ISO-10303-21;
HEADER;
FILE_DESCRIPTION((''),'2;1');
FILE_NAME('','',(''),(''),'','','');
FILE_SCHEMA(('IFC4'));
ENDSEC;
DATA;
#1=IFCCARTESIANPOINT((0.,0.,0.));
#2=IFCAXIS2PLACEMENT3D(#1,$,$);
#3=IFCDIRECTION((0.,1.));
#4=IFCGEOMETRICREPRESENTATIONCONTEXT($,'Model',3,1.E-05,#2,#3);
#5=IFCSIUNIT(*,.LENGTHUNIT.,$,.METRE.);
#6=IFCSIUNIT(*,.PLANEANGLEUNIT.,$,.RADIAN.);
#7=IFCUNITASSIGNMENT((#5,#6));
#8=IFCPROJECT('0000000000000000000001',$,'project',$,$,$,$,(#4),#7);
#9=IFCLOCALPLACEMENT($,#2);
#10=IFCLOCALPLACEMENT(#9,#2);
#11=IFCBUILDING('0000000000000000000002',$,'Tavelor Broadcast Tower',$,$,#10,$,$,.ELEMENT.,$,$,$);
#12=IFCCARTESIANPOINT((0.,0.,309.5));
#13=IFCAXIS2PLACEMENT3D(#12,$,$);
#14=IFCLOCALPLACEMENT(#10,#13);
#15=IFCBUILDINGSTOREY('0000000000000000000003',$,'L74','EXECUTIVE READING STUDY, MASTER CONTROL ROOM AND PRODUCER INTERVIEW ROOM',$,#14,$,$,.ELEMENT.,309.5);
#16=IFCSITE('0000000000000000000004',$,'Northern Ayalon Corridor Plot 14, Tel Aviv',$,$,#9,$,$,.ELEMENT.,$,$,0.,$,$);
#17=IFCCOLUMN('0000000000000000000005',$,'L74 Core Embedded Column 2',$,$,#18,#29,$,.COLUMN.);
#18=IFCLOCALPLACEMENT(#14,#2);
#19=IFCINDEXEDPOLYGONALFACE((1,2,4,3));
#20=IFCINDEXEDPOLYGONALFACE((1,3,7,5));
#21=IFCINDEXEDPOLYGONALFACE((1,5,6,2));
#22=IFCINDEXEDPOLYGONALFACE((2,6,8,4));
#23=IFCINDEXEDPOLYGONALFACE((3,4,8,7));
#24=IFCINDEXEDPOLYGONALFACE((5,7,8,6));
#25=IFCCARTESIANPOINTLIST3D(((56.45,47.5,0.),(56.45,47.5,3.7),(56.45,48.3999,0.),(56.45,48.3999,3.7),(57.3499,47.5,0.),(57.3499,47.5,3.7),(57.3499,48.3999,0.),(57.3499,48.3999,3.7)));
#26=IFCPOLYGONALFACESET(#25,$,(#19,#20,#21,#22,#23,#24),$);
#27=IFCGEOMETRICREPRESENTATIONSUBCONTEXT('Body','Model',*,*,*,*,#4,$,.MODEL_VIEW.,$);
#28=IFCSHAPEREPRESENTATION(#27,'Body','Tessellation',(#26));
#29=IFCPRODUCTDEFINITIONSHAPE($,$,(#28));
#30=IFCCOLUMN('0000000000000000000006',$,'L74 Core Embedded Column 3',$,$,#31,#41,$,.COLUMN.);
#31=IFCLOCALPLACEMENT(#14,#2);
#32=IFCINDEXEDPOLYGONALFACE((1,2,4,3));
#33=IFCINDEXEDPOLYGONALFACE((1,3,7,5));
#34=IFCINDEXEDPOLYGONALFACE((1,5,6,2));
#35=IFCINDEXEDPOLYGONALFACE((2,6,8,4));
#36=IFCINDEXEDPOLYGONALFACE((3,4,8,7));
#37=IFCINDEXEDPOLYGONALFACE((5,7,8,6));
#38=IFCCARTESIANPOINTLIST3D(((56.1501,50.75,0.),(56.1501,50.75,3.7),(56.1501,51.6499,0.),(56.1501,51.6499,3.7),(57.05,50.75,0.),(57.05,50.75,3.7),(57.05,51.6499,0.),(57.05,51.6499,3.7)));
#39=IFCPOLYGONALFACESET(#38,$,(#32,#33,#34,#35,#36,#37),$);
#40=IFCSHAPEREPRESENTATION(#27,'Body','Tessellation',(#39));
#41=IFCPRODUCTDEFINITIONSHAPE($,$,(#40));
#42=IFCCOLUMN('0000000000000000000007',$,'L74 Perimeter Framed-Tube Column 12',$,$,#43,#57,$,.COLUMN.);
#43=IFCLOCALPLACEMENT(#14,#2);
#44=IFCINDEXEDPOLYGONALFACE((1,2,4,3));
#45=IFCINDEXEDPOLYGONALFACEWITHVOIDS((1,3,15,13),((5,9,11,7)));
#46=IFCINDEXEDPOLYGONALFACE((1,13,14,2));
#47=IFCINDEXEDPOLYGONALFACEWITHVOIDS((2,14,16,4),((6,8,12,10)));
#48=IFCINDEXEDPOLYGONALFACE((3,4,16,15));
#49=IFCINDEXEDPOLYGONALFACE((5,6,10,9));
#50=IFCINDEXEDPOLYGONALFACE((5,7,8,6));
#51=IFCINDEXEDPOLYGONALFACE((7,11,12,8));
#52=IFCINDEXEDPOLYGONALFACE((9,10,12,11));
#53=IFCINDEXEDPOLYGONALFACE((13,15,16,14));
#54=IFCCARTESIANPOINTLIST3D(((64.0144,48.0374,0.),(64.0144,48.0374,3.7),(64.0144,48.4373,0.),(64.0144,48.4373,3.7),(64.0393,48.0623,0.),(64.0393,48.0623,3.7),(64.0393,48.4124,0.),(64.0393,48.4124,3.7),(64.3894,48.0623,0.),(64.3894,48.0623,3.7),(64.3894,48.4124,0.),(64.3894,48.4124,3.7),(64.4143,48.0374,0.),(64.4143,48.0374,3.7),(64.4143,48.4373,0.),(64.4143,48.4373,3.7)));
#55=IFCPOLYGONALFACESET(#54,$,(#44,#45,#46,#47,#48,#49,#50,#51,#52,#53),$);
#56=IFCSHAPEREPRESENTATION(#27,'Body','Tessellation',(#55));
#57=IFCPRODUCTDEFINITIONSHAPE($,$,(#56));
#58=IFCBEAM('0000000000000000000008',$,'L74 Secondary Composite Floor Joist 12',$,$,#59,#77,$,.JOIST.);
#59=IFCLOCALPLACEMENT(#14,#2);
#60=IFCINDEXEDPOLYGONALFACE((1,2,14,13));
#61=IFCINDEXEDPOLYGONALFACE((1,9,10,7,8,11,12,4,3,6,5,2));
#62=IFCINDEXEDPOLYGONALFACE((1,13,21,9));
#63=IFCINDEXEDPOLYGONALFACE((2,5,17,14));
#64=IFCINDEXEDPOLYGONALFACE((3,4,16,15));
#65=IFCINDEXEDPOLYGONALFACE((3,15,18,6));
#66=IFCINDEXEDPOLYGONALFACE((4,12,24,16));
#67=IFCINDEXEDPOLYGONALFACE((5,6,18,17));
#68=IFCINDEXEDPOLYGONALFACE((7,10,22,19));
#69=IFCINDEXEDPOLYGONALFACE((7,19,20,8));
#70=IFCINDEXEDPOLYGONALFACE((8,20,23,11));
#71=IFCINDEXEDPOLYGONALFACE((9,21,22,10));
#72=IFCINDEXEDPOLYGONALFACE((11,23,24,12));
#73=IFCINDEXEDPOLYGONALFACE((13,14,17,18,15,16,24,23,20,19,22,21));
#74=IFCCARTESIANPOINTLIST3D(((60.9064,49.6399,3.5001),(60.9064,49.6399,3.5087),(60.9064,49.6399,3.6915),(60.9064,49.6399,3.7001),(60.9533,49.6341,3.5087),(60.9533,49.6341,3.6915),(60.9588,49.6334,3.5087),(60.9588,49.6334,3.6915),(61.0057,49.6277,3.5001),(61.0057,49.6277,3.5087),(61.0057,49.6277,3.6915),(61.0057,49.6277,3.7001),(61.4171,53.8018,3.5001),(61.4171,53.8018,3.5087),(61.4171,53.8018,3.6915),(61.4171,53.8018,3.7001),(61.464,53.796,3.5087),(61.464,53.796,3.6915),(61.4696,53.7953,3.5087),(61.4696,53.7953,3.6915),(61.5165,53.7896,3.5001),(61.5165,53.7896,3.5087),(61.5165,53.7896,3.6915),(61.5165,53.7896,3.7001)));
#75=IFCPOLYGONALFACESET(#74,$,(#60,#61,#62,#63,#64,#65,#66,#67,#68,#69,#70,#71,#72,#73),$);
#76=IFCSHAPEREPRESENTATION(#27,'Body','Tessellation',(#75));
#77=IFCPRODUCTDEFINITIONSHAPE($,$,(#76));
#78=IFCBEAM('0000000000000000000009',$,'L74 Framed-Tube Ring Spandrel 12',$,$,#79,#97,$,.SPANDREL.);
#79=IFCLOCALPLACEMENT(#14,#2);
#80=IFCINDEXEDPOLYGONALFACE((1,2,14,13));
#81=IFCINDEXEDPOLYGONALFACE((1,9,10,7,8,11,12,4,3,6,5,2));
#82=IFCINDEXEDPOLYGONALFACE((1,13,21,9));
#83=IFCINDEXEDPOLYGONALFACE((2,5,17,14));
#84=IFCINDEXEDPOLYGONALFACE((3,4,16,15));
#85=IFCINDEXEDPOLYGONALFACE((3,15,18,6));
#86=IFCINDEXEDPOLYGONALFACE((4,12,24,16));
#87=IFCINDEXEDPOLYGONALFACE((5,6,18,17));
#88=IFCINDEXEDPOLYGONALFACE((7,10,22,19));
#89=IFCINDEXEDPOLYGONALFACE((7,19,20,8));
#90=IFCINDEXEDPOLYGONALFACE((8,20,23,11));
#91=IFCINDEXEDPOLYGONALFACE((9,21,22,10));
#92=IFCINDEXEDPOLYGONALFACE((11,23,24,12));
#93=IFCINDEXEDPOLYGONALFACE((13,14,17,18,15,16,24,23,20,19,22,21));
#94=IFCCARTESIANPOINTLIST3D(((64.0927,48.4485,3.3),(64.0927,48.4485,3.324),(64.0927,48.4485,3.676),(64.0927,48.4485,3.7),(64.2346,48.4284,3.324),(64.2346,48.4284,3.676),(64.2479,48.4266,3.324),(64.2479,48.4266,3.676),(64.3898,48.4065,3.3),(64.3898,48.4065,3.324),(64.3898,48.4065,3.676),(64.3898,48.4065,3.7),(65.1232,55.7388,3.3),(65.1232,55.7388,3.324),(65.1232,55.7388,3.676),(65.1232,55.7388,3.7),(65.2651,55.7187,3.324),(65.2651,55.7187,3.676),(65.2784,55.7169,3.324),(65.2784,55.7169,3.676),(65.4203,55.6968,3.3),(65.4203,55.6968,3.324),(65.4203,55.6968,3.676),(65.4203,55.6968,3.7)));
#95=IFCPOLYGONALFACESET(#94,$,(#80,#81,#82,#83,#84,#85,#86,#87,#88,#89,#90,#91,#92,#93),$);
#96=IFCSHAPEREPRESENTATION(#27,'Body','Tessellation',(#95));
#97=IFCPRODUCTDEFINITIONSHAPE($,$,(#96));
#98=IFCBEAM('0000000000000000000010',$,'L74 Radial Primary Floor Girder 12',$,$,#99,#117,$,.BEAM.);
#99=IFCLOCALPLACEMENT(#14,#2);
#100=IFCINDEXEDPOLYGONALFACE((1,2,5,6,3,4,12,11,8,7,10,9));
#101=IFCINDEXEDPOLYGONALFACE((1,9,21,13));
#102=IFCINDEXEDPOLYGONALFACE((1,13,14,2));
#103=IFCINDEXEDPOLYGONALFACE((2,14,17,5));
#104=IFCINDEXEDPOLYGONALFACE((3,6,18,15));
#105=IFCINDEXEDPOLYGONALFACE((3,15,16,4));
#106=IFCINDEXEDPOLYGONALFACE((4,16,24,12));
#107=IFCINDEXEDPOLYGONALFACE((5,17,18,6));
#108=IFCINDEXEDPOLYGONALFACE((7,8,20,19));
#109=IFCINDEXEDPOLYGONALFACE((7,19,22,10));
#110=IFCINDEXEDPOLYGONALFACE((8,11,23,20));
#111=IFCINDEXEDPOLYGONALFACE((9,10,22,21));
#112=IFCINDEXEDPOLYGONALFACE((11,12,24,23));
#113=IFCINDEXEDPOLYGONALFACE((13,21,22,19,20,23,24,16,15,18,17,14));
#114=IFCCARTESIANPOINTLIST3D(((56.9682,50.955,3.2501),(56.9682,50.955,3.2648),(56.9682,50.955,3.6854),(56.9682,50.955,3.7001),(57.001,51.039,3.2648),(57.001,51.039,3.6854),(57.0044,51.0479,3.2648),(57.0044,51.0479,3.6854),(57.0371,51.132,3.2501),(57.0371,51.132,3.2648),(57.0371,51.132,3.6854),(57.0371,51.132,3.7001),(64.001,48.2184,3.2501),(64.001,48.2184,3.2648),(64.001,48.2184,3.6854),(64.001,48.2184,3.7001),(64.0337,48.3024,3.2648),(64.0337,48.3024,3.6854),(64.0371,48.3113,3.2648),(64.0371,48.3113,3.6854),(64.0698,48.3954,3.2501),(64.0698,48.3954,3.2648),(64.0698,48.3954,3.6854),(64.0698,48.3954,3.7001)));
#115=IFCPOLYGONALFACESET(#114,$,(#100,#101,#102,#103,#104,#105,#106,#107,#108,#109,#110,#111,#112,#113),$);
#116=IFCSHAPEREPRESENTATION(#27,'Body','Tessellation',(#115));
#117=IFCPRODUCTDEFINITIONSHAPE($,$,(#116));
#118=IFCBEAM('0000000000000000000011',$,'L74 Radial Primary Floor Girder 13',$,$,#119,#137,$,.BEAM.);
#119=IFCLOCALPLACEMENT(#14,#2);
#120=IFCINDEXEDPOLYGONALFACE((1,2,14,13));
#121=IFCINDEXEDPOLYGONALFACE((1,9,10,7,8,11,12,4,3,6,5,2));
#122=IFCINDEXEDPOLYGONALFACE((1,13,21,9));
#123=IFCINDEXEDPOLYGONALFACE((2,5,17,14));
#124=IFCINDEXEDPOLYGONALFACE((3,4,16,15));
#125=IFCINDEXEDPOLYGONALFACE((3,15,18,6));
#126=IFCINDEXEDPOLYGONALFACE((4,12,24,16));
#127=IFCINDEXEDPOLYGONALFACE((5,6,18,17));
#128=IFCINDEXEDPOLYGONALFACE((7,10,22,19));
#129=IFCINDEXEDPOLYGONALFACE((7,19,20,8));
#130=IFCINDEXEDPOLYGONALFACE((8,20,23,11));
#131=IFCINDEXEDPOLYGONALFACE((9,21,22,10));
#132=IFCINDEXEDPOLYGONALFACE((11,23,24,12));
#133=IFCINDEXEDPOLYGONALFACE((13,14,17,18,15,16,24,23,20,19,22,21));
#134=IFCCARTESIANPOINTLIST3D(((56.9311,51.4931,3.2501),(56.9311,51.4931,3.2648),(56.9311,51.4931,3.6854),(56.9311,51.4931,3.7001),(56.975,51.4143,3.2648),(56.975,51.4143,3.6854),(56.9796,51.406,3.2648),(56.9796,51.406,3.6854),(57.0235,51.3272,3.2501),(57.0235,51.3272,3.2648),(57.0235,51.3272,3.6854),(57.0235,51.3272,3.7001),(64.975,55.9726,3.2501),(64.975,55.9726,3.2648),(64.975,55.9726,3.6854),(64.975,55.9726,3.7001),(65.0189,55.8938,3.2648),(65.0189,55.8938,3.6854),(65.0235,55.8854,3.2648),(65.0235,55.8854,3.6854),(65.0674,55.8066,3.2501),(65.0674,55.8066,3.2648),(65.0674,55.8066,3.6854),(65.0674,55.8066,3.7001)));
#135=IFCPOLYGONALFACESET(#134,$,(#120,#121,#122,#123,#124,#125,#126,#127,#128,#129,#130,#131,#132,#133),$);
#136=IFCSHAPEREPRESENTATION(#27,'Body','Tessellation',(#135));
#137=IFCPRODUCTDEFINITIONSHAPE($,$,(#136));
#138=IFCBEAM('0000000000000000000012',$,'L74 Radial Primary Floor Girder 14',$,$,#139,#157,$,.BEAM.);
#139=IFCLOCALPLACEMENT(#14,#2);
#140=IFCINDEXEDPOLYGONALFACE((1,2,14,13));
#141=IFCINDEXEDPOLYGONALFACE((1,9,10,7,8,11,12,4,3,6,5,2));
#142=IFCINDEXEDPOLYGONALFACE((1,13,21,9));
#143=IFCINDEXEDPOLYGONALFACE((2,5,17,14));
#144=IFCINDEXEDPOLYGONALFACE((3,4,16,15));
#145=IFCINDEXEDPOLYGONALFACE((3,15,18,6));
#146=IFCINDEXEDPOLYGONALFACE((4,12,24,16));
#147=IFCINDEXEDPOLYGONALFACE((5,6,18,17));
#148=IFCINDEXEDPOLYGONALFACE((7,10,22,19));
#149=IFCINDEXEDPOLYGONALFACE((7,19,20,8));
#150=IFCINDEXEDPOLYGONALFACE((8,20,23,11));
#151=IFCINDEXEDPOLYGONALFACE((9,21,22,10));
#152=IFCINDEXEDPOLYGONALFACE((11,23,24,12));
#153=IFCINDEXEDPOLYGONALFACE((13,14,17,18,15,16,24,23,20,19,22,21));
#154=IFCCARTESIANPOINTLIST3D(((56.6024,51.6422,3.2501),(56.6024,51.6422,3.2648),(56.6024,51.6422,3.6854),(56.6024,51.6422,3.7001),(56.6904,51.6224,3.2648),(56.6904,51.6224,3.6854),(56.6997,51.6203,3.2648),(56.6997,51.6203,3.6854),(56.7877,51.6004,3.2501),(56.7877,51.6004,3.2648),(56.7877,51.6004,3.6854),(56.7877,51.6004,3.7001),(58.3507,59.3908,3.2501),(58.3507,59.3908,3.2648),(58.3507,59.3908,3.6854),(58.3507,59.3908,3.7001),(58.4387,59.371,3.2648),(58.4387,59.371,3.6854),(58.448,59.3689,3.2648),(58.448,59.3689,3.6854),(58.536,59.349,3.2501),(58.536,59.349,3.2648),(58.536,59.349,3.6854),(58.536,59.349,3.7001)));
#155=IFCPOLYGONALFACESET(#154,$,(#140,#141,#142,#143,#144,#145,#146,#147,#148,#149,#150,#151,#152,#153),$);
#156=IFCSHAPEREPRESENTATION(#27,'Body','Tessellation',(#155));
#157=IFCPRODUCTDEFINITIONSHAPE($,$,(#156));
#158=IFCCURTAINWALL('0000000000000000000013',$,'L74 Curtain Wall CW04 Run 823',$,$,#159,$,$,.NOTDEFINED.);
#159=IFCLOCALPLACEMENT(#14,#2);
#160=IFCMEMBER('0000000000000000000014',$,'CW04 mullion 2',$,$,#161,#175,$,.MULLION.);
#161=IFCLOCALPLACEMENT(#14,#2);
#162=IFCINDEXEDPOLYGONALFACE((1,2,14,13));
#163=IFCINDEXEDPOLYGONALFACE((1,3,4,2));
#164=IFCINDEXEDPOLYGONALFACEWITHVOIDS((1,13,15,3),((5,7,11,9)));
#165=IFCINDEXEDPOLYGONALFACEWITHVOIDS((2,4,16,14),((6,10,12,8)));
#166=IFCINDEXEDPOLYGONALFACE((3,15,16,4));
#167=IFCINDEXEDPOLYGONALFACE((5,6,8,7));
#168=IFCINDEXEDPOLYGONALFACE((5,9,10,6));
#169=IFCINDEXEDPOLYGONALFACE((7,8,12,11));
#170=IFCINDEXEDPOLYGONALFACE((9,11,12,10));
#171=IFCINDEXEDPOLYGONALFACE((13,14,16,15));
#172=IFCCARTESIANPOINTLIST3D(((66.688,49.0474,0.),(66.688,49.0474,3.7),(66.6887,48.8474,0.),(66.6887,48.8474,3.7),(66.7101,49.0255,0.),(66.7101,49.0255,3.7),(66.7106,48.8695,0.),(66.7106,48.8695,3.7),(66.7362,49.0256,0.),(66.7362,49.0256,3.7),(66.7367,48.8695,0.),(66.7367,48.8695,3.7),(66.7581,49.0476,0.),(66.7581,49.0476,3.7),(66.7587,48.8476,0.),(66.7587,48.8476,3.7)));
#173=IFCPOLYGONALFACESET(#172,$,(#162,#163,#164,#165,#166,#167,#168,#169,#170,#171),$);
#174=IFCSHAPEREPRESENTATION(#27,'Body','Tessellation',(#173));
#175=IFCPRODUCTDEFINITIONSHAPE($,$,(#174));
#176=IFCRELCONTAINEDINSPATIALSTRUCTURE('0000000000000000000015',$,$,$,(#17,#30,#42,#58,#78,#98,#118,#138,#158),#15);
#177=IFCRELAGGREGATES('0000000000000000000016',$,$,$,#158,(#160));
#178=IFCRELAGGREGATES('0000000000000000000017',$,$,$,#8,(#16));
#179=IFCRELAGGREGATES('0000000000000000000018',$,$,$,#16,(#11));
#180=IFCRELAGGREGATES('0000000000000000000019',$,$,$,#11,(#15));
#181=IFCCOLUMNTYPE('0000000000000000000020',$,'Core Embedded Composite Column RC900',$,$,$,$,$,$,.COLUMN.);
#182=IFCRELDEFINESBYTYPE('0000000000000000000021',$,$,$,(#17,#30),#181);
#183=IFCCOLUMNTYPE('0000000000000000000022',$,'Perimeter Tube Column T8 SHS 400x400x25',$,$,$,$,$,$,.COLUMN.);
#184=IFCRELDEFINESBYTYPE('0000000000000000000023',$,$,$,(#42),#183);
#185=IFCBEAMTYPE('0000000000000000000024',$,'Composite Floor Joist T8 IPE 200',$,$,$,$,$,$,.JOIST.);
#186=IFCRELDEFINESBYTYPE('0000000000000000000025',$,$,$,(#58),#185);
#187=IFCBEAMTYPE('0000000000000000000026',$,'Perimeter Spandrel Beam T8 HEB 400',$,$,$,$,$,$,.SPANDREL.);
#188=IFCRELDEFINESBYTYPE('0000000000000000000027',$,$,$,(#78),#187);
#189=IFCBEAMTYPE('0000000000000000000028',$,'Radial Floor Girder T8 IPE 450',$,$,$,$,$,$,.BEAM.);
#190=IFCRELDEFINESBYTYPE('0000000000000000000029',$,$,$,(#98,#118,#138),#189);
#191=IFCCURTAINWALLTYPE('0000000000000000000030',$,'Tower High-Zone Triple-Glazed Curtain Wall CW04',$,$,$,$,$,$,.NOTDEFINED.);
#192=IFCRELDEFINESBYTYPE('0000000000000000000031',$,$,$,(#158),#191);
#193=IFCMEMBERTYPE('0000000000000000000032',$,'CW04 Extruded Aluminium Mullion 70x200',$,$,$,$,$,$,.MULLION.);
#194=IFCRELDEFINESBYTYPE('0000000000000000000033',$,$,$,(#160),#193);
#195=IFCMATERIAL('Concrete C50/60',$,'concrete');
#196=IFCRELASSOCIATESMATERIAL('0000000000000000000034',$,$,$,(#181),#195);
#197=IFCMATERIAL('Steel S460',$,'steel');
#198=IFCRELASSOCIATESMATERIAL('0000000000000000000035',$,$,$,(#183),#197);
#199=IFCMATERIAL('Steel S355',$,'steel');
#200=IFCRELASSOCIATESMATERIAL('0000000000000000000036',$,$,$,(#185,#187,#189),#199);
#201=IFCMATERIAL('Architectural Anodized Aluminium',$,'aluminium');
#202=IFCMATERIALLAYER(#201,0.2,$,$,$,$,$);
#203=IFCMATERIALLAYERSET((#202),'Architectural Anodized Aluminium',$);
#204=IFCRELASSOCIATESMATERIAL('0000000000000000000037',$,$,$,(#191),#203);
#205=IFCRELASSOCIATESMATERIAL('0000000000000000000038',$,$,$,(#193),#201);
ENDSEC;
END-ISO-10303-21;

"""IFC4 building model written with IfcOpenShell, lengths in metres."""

from ifc_helpers import new_model, si_unit, direction, frame, origin, origin_2d, place, context, subcontext, project, spatial, rectangle, hollow_rectangle, i_section, extrude, source, transform, mapped, material, layer, layer_set, material_profile, profile_set, type_object, type_shapes, element, aggregate, save


model = new_model("IFC4")

# Units and contexts
model_context = context("Model", 3, precision=1e-05, world=origin(), true_north=direction((0.0, 1.0)))
body_context = subcontext(model_context, "Body", "Model", "MODEL_VIEW")
ifc_project = project(units=[si_unit("LENGTHUNIT", "METRE"), si_unit("PLANEANGLEUNIT", "RADIAN")], contexts=[model_context])

# Site, building, storey
site_placement = place(None, origin())
site = spatial("IfcSite", under=ifc_project, at=site_placement, Name="Northern Ayalon Corridor Plot 14, Tel Aviv", CompositionType="ELEMENT", RefElevation=0.0)
building_placement = place(site_placement, origin())
building = spatial("IfcBuilding", under=site, at=building_placement, Name="Tavelor Broadcast Tower", CompositionType="ELEMENT")
storey_placement = place(building_placement, frame((0.0, 0.0, 309.5)))
storey = spatial("IfcBuildingStorey", under=building, at=storey_placement, Name="L74", Description="EXECUTIVE READING STUDY, MASTER CONTROL ROOM AND PRODUCER INTERVIEW ROOM", CompositionType="ELEMENT", Elevation=309.5)

# Columns
ifc_material_1 = material(Name="Concrete C50/60", Category="concrete")
ifc_material_profile_1 = material_profile(ifc_material_1, rectangle(XDim=0.8999, YDim=0.8999, at=origin_2d()), Name="RC 900x900")
ifc_profile_set_1 = profile_set([ifc_material_profile_1], Name="Concrete C50/60")
column_type_1 = type_object("IfcColumnType", Name="Core Embedded Composite Column RC900", PredefinedType="COLUMN", material=ifc_profile_set_1)
for number, where, z_axis, x_axis, name in (
    (1, (56.8999, 47.95, 0.0), (0.0, 0.0, 1.0), (1.0, 0.0, 0.0), "L74 Core Embedded Column 2"),
    (2, (56.6001, 51.2, 0.0), (0.0, 0.0, 1.0), (1.0, 0.0, 0.0), "L74 Core Embedded Column 3"),
):
    element("IfcColumn", number, at=place(storey_placement, frame(where, z_axis=z_axis, x_axis=x_axis)), inside=storey, type_object=column_type_1, Name=name, PredefinedType="COLUMN", context=body_context, shape_type="SweptSolid", body=[
        extrude(rectangle(XDim=0.8999, YDim=0.8999, at=origin_2d()), origin(), (0.0, 0.0, 1.0), 3.7),
    ])
ifc_material_2 = material(Name="Steel S460", Category="steel")
ifc_material_profile_2 = material_profile(ifc_material_2, hollow_rectangle(XDim=0.3999, YDim=0.3999, WallThickness=0.0249, at=origin_2d()), Name="SHS 400x400x25")
ifc_profile_set_2 = profile_set([ifc_material_profile_2], Name="Steel S460")
column_type_2 = type_object("IfcColumnType", Name="Perimeter Tube Column T8 SHS 400x400x25", PredefinedType="COLUMN", material=ifc_profile_set_2)
column_placement = place(storey_placement, frame((64.2144, 48.2373, 0.0), z_axis=(0.0, 0.0, 1.0), x_axis=(1.0, 0.0, 0.0)))
element("IfcColumn", 3, at=column_placement, inside=storey, type_object=column_type_2, Name="L74 Perimeter Framed-Tube Column 12", PredefinedType="COLUMN", context=body_context, shape_type="SweptSolid", body=[
    extrude(hollow_rectangle(XDim=0.3999, YDim=0.3999, WallThickness=0.0249, at=origin_2d()), origin(), (0.0, 0.0, 1.0), 3.7),
])

# Beams
ifc_material_3 = material(Name="Steel S355", Category="steel")
ifc_material_profile_3 = material_profile(ifc_material_3, i_section(OverallWidth=0.1001, OverallDepth=0.2, WebThickness=0.0056, FlangeThickness=0.0085, at=origin_2d()), Name="IPE 200")
ifc_profile_set_3 = profile_set([ifc_material_profile_3], Name="Steel S355")
beam_type_1 = type_object("IfcBeamType", Name="Composite Floor Joist T8 IPE 200", PredefinedType="JOIST", material=ifc_profile_set_3)
beam_1_placement = place(storey_placement, frame((60.9561, 49.6338, 3.6001), z_axis=(0.121806, 0.992554, 0.0), x_axis=(-0.992554, 0.121806, 0.0)))
element("IfcBeam", 4, at=beam_1_placement, inside=storey, type_object=beam_type_1, Name="L74 Secondary Composite Floor Joist 12", PredefinedType="JOIST", context=body_context, shape_type="SweptSolid", body=[
    extrude(i_section(OverallWidth=0.1001, OverallDepth=0.2, WebThickness=0.0056, FlangeThickness=0.0085, at=origin_2d()), origin(), (0.0, 0.0, 1.0), 4.1931),
])
ifc_material_profile_4 = material_profile(ifc_material_3, i_section(OverallWidth=0.3, OverallDepth=0.3999, WebThickness=0.0134, FlangeThickness=0.0239, at=origin_2d()), Name="HEB 400")
ifc_profile_set_4 = profile_set([ifc_material_profile_4], Name="Steel S355")
beam_type_2 = type_object("IfcBeamType", Name="Perimeter Spandrel Beam T8 HEB 400", PredefinedType="SPANDREL", material=ifc_profile_set_4)
beam_2_placement = place(storey_placement, frame((64.2412, 48.4275, 3.5), z_axis=(0.139964, 0.990157, 0.0), x_axis=(-0.990157, 0.139964, 0.0)))
element("IfcBeam", 5, at=beam_2_placement, inside=storey, type_object=beam_type_2, Name="L74 Framed-Tube Ring Spandrel 12", PredefinedType="SPANDREL", context=body_context, shape_type="SweptSolid", body=[
    extrude(i_section(OverallWidth=0.3, OverallDepth=0.3999, WebThickness=0.0134, FlangeThickness=0.0239, at=origin_2d()), origin(), (0.0, 0.0, 1.0), 7.3628),
])
ifc_material_profile_5 = material_profile(ifc_material_3, i_section(OverallWidth=0.1899, OverallDepth=0.45, WebThickness=0.0095, FlangeThickness=0.0146, at=origin_2d()), Name="IPE 450")
ifc_profile_set_5 = profile_set([ifc_material_profile_5], Name="Steel S355")
beam_type_3 = type_object("IfcBeamType", Name="Radial Floor Girder T8 IPE 450", PredefinedType="BEAM", material=ifc_profile_set_5)
beam_3_placement = place(storey_placement, frame((57.0027, 51.0435, 3.4751), z_axis=(0.931932, -0.362634, 0.0), x_axis=(0.362634, 0.931932, 0.0)))
element("IfcBeam", 6, at=beam_3_placement, inside=storey, type_object=beam_type_3, Name="L74 Radial Primary Floor Girder 12", PredefinedType="BEAM", context=body_context, shape_type="SweptSolid", body=[
    extrude(i_section(OverallWidth=0.1899, OverallDepth=0.45, WebThickness=0.0095, FlangeThickness=0.0146, at=origin_2d()), origin(), (0.0, 0.0, 1.0), 7.5464),
])
beam_4_placement = place(storey_placement, frame((56.9773, 51.4102, 3.4751), z_axis=(0.873667, 0.486525, 0.0), x_axis=(-0.486525, 0.873667, 0.0)))
element("IfcBeam", 7, at=beam_4_placement, inside=storey, type_object=beam_type_3, Name="L74 Radial Primary Floor Girder 13", PredefinedType="BEAM", context=body_context, shape_type="SweptSolid", body=[
    extrude(i_section(OverallWidth=0.1899, OverallDepth=0.45, WebThickness=0.0095, FlangeThickness=0.0146, at=origin_2d()), origin(), (0.0, 0.0, 1.0), 9.207),
])
beam_5_placement = place(storey_placement, frame((56.6951, 51.6213, 3.4751), z_axis=(0.220096, 0.975478, 0.0), x_axis=(-0.975478, 0.220096, 0.0)))
element("IfcBeam", 8, at=beam_5_placement, inside=storey, type_object=beam_type_3, Name="L74 Radial Primary Floor Girder 14", PredefinedType="BEAM", context=body_context, shape_type="SweptSolid", body=[
    extrude(i_section(OverallWidth=0.1899, OverallDepth=0.45, WebThickness=0.0095, FlangeThickness=0.0146, at=origin_2d()), origin(), (0.0, 0.0, 1.0), 7.9434),
])

# Curtain wall, member
ifc_material_4 = material(Name="Architectural Anodized Aluminium", Category="aluminium")
ifc_layer_1 = layer(ifc_material_4, 0.2)
ifc_layer_set_1 = layer_set([ifc_layer_1], Name="Architectural Anodized Aluminium")
curtain_wall_type = type_object("IfcCurtainWallType", Name="Tower High-Zone Triple-Glazed Curtain Wall CW04", PredefinedType="NOTDEFINED", material=ifc_layer_set_1)
curtain_wall_1_placement = place(storey_placement, origin())
curtain_wall_1 = element("IfcCurtainWall", 9, at=curtain_wall_1_placement, inside=storey, type_object=curtain_wall_type, Name="L74 Curtain Wall CW04 Run 823", PredefinedType="NOTDEFINED")
ifc_material_profile_6 = material_profile(ifc_material_4, hollow_rectangle(XDim=0.0701, YDim=0.2, WallThickness=0.022, at=origin_2d()), Name="RHS 70x200x22")
ifc_profile_set_6 = profile_set([ifc_material_profile_6], Name="Architectural Anodized Aluminium")
member_type_1 = type_object("IfcMemberType", Name="CW04 Extruded Aluminium Mullion 70x200", PredefinedType="MULLION", material=ifc_profile_set_6)
shared_shape_1 = source(origin(), body_context, "Body", "SweptSolid", [
    extrude(hollow_rectangle(XDim=0.0701, YDim=0.2, WallThickness=0.022, at=origin_2d()), origin(), (0.0, 0.0, 1.0), 3.7),
])
type_shapes(member_type_1, [shared_shape_1])
member_1_placement = place(storey_placement, frame((66.7234, 48.9475, 0.0), z_axis=(0.0, 0.0, 1.0), x_axis=(-0.999995, -0.003161, 0.0)))
member_1 = element("IfcMember", 10, at=member_1_placement, type_object=member_type_1, Name="CW04 mullion 2", PredefinedType="MULLION", context=body_context, shape_type="MappedRepresentation", body=[
    mapped(shared_shape_1, transform((0.0, 0.0, 0.0), scale=1.0)),
])

aggregate(curtain_wall_1, [member_1])

save(model, "model.ifc")
